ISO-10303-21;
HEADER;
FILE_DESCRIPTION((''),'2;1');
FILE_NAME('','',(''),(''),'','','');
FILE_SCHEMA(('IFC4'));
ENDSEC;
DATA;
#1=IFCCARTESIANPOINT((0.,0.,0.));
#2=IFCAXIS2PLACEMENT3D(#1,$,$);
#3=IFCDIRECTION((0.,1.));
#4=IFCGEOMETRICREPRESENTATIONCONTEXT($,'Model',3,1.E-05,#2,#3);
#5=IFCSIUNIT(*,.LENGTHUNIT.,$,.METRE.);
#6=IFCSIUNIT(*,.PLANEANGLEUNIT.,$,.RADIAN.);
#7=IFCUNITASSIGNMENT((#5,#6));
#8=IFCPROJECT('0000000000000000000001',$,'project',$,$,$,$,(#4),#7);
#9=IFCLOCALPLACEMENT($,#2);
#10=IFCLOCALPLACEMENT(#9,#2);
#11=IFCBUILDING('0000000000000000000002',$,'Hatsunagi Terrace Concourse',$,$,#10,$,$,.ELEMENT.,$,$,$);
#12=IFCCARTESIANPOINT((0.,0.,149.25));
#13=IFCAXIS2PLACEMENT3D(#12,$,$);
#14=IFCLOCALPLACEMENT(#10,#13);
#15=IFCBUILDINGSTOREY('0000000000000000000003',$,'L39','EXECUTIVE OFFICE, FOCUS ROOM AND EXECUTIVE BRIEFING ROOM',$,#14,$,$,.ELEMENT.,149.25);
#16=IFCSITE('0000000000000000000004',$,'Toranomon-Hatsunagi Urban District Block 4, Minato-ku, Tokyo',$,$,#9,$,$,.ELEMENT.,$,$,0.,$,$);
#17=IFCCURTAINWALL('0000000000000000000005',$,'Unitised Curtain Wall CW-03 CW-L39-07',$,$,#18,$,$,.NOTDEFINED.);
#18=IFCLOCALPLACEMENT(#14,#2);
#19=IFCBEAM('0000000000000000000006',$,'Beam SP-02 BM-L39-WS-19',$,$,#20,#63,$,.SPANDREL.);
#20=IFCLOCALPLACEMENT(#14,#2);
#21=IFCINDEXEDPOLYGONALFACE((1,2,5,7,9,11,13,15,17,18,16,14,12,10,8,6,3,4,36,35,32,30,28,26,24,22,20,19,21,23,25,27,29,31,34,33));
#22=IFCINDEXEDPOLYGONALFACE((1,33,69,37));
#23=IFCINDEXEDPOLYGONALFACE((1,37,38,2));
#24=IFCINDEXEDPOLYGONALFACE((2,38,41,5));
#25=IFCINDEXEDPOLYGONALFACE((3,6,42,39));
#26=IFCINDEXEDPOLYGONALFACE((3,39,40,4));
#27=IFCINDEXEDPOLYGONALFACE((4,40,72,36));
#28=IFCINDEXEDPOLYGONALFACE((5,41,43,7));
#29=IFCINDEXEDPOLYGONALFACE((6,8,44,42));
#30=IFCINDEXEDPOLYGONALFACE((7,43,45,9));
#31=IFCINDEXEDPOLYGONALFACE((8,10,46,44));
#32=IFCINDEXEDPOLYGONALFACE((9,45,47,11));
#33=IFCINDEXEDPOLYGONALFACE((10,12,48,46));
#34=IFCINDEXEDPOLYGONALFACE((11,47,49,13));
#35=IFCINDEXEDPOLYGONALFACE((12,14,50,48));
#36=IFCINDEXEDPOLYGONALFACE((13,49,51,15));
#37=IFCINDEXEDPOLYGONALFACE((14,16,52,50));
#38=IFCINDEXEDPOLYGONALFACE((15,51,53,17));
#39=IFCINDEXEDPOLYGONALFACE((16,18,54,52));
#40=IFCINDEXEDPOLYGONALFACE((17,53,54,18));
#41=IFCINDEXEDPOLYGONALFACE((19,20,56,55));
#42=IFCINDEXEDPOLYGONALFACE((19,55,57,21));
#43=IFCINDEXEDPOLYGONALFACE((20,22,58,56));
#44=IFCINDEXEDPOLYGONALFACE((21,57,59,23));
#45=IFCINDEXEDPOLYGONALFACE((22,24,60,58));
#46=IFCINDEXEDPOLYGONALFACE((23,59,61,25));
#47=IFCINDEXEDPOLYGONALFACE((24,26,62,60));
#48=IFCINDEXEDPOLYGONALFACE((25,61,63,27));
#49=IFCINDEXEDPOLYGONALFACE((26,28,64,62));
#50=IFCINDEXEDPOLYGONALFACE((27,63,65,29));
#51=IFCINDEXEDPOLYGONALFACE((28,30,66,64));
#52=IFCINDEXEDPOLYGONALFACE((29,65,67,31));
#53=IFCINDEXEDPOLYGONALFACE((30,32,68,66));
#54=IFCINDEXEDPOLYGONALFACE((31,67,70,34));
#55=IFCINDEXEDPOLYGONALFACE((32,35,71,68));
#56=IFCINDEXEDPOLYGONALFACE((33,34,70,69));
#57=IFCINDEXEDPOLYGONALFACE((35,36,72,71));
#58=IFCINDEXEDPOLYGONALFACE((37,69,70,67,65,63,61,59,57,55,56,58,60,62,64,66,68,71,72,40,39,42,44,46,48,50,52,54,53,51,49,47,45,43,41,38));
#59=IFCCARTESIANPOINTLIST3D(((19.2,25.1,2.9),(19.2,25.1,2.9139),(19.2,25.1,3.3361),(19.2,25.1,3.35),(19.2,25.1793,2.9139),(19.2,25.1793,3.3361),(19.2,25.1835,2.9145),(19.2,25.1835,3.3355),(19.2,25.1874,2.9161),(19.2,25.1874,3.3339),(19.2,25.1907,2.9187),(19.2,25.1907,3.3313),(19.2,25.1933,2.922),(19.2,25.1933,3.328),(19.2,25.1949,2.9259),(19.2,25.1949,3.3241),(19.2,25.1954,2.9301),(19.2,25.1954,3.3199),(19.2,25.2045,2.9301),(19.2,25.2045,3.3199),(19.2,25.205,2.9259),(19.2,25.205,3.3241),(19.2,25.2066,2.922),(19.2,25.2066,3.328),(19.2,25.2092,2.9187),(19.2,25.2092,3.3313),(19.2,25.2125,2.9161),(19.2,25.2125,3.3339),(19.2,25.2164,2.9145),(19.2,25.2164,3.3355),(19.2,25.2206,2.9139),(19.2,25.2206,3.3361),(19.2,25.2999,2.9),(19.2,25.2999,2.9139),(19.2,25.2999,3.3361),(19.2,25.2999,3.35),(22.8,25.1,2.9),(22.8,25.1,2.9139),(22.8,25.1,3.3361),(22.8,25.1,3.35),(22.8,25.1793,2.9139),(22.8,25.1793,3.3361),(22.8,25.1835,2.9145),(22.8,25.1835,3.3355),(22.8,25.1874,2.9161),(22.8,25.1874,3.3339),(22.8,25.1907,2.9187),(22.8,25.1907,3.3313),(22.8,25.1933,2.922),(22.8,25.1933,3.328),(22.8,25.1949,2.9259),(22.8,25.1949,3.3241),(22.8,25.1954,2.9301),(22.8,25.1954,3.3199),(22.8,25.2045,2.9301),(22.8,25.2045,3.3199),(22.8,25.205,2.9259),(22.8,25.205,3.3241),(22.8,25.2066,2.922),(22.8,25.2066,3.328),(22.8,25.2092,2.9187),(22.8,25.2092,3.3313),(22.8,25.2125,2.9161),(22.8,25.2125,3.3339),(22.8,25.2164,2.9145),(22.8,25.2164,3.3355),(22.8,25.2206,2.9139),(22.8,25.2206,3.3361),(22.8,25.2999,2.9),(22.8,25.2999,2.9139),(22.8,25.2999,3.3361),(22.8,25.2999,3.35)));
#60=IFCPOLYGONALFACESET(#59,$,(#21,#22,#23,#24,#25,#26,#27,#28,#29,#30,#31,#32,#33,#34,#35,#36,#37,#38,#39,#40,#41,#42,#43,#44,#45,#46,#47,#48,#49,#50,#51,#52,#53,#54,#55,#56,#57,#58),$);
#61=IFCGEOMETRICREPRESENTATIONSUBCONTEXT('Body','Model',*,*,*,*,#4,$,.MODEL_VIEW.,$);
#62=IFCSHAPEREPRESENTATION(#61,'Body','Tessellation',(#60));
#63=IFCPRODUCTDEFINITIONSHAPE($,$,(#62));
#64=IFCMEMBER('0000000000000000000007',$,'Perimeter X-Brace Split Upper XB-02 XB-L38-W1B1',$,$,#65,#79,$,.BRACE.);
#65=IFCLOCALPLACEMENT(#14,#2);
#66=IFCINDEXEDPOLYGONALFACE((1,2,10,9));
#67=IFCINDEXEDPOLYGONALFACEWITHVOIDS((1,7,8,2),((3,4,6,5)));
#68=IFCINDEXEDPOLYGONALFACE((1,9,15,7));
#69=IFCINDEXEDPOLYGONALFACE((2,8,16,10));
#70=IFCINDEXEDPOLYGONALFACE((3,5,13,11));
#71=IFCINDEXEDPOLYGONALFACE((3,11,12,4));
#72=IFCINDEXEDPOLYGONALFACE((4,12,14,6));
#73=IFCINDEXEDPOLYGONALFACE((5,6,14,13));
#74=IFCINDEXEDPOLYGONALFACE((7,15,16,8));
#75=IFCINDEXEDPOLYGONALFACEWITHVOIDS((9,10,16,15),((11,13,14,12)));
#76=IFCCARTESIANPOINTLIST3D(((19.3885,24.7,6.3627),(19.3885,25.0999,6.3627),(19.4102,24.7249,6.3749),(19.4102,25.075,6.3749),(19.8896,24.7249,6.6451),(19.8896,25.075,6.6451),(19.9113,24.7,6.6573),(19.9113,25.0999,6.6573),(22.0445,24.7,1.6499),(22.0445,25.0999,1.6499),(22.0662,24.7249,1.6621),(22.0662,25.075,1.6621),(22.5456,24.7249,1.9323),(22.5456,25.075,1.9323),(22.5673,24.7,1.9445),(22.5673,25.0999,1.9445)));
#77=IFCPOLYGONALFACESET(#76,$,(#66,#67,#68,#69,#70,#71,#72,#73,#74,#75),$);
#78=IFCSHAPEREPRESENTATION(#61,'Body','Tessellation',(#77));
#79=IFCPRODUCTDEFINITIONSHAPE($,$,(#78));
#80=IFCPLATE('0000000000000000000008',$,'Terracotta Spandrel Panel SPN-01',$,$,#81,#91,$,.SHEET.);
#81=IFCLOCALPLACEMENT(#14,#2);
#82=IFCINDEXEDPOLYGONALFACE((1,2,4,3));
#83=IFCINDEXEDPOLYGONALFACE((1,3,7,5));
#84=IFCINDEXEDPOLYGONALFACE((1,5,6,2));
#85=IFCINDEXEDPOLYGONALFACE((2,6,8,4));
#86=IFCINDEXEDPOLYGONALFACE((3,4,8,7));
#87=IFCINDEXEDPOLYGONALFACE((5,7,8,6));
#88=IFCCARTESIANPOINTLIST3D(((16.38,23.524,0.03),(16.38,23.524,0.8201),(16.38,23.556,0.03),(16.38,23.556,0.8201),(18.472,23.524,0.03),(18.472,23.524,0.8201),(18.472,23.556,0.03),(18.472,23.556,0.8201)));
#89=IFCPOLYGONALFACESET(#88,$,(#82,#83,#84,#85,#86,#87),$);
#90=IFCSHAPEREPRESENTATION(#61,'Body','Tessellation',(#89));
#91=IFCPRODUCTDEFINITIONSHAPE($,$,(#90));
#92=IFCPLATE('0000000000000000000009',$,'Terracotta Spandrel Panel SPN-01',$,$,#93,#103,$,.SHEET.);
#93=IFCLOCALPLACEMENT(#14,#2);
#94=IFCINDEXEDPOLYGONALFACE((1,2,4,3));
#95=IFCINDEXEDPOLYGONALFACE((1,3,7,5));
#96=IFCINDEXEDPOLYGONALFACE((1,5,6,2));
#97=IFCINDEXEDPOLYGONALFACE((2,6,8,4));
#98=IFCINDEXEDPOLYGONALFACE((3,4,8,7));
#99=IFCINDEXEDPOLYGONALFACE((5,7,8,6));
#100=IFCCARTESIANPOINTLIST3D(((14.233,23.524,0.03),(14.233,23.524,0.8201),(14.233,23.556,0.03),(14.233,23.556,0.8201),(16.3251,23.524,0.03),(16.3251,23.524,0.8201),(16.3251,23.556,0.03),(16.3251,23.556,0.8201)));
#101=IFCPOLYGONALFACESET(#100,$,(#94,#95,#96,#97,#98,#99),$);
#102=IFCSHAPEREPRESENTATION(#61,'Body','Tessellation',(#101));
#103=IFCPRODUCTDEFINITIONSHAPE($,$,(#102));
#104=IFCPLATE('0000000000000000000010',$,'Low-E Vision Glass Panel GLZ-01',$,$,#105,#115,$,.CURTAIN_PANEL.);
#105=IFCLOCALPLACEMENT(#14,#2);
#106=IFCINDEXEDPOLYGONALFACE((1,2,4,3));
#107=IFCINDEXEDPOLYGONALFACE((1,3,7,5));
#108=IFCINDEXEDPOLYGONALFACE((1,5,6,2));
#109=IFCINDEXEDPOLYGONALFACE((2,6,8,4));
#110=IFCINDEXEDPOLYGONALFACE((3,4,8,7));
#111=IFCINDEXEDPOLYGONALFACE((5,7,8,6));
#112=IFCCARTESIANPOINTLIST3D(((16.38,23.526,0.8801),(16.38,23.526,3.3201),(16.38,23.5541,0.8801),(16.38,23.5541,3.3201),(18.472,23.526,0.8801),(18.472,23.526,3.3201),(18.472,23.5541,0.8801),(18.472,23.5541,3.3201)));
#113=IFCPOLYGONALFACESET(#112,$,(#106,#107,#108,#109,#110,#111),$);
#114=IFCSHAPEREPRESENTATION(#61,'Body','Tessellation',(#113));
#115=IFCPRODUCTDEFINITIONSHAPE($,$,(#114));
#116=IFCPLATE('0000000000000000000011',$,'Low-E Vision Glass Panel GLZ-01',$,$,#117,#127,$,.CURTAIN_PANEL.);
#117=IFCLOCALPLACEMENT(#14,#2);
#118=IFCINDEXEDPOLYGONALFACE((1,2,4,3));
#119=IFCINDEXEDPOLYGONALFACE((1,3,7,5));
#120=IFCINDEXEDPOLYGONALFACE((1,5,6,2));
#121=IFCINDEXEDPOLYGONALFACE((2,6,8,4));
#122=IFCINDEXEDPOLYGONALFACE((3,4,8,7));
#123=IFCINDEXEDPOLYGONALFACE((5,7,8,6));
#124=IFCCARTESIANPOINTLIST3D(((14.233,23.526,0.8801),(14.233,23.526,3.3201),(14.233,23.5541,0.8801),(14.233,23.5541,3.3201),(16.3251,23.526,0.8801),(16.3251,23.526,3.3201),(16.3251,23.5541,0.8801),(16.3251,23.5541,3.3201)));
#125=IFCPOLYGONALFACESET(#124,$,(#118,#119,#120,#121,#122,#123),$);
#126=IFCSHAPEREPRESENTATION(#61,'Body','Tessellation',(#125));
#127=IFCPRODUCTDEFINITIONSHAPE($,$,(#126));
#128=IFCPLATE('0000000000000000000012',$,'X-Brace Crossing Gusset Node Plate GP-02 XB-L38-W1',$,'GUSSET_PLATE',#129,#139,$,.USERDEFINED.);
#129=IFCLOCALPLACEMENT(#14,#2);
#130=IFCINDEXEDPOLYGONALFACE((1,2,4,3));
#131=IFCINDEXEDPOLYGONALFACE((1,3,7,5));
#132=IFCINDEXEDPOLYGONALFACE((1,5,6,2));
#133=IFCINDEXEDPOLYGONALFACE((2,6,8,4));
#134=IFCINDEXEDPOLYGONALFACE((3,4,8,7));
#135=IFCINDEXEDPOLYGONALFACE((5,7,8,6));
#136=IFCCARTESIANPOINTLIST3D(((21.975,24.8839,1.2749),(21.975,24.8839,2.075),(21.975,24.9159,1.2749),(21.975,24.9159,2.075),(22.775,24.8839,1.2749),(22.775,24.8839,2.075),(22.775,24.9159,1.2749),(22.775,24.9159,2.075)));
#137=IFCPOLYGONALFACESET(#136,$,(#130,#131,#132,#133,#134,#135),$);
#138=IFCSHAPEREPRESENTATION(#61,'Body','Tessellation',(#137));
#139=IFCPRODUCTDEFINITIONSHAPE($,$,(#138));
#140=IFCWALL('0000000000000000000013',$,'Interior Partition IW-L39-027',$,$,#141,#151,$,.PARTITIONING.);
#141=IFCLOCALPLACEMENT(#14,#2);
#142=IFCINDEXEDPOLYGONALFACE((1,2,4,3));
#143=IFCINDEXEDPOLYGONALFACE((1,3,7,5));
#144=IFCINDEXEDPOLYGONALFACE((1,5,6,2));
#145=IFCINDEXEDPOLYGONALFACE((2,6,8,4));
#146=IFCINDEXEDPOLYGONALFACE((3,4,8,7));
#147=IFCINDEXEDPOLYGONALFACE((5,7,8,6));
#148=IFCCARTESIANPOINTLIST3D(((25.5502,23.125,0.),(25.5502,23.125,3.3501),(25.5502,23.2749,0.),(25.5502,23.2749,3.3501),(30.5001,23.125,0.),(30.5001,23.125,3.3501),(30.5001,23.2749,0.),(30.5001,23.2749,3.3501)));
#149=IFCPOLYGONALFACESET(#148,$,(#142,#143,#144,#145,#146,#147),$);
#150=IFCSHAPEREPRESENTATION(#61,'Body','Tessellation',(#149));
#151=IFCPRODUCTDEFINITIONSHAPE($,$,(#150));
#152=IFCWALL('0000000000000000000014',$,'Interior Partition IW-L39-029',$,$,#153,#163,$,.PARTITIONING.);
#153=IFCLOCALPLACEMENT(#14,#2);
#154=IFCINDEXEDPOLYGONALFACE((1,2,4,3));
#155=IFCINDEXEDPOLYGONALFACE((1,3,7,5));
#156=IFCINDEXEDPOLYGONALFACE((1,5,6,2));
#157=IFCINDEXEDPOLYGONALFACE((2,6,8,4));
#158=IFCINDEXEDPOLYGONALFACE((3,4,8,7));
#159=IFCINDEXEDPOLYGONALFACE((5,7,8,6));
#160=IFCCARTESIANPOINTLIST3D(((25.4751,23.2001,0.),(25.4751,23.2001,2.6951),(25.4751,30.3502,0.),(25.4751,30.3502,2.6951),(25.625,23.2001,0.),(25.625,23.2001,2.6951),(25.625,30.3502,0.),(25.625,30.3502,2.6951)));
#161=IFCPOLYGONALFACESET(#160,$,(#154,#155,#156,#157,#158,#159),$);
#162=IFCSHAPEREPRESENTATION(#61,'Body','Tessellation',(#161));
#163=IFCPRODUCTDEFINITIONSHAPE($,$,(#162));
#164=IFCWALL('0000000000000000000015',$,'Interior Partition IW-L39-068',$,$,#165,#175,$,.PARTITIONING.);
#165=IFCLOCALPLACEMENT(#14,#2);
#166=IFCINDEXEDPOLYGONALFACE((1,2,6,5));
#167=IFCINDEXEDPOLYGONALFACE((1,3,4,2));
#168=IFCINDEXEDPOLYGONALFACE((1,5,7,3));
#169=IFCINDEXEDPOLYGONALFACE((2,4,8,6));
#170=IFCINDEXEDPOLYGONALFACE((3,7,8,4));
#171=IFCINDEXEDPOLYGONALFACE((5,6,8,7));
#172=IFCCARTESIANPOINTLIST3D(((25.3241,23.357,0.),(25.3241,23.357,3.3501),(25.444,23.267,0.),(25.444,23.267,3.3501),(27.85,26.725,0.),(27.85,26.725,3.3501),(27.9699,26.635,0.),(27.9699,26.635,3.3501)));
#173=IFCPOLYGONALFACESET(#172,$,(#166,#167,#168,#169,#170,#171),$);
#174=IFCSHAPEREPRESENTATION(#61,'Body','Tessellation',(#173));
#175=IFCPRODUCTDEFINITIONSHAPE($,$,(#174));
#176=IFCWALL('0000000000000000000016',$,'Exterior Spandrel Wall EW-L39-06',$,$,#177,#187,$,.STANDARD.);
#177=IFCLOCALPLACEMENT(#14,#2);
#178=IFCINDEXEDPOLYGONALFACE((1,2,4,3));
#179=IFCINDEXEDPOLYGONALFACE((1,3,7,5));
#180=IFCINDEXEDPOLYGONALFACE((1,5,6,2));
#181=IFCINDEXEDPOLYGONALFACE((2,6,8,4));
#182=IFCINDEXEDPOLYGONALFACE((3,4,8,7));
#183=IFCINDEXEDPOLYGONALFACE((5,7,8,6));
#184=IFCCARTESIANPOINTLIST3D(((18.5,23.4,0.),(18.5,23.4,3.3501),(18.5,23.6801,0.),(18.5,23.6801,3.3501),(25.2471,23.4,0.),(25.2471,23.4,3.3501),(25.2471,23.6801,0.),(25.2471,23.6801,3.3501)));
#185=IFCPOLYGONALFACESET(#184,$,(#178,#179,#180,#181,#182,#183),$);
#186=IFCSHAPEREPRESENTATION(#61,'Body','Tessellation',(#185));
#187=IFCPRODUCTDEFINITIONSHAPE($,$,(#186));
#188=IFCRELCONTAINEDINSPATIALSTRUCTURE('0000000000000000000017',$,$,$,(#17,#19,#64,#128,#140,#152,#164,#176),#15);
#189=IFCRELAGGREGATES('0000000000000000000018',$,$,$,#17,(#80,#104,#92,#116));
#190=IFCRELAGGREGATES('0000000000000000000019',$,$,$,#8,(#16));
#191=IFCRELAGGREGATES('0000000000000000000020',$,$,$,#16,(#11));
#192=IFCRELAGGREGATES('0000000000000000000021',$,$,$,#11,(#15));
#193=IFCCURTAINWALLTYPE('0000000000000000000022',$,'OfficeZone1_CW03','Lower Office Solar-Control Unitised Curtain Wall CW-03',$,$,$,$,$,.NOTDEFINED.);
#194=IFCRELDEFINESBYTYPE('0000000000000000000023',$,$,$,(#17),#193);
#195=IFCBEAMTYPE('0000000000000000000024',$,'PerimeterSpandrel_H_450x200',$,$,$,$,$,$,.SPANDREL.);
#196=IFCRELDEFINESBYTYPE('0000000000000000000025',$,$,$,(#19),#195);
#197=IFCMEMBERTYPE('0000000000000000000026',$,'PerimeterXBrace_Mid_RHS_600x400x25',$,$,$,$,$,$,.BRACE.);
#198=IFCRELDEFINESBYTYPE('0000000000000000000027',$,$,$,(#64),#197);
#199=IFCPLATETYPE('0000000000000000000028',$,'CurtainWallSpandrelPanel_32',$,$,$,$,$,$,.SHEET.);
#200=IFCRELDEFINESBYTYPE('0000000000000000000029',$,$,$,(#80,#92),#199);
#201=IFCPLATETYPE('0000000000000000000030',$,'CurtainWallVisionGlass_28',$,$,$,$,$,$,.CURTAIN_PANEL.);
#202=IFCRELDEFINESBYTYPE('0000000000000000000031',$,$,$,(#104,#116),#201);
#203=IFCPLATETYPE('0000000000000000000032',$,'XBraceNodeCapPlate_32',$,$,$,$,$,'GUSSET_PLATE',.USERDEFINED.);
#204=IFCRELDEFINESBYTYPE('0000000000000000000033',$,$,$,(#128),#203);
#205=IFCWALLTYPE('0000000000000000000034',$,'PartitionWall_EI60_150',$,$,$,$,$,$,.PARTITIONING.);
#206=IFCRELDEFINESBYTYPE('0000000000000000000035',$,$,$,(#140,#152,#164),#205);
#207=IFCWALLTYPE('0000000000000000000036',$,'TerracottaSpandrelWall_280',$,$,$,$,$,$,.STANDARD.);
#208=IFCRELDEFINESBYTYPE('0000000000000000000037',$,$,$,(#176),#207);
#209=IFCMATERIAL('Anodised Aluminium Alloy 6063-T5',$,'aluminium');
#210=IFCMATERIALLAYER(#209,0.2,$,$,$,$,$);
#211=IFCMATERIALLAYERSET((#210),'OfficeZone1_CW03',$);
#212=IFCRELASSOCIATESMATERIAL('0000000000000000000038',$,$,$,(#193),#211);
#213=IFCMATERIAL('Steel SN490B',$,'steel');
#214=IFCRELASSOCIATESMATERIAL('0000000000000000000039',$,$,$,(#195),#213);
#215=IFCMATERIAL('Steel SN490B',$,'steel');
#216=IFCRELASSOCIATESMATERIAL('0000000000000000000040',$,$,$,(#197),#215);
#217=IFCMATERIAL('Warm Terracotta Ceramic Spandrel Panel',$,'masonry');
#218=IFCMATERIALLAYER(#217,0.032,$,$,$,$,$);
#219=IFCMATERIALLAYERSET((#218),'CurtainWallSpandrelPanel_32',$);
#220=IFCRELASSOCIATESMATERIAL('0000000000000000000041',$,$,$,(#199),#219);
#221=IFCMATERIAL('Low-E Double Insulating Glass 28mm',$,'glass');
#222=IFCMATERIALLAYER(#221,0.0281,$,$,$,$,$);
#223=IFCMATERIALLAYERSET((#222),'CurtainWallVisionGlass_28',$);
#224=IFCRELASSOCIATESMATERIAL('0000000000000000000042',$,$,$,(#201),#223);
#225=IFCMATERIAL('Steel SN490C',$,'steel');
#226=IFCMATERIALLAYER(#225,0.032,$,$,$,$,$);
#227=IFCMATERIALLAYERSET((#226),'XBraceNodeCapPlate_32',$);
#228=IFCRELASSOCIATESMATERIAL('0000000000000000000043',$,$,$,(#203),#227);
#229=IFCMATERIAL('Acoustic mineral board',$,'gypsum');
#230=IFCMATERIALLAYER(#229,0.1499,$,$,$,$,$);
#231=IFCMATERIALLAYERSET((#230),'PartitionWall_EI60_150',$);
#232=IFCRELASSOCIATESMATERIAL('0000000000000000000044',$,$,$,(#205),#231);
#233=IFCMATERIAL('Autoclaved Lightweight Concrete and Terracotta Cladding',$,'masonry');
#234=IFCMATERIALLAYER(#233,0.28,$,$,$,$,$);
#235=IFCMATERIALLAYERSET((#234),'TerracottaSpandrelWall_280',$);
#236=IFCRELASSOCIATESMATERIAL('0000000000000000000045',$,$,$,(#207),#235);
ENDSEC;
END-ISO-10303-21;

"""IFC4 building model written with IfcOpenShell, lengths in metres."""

from ifc_helpers import new_model, si_unit, direction, frame, frame_2d, origin, origin_2d, place, context, subcontext, project, spatial, rectangle, hollow_rectangle, i_section, extrude, material, layer, layer_set, material_profile, profile_set, type_object, element, aggregate, save


model = new_model("IFC4")

# Units and contexts
model_context = context("Model", 3, precision=1e-05, world=origin(), true_north=direction((0.0, 1.0)))
body_context = subcontext(model_context, "Body", "Model", "MODEL_VIEW")
ifc_project = project(units=[si_unit("LENGTHUNIT", "METRE"), si_unit("PLANEANGLEUNIT", "RADIAN")], contexts=[model_context])

# Site, building, storey
site_placement = place(None, origin())
site = spatial("IfcSite", under=ifc_project, at=site_placement, Name="Toranomon-Hatsunagi Urban District Block 4, Minato-ku, Tokyo", CompositionType="ELEMENT", RefElevation=0.0)
building_placement = place(site_placement, origin())
building = spatial("IfcBuilding", under=site, at=building_placement, Name="Hatsunagi Terrace Concourse", CompositionType="ELEMENT")
storey_placement = place(building_placement, frame((0.0, 0.0, 149.25)))
storey = spatial("IfcBuildingStorey", under=building, at=storey_placement, Name="L39", Description="EXECUTIVE OFFICE, FOCUS ROOM AND EXECUTIVE BRIEFING ROOM", CompositionType="ELEMENT", Elevation=149.25)

# Curtain wall
ifc_material_1 = material(Name="Anodised Aluminium Alloy 6063-T5", Category="aluminium")
ifc_layer_1 = layer(ifc_material_1, 0.2)
ifc_layer_set_1 = layer_set([ifc_layer_1], Name="OfficeZone1_CW03")
curtain_wall_type = type_object("IfcCurtainWallType", Name="OfficeZone1_CW03", Description="Lower Office Solar-Control Unitised Curtain Wall CW-03", PredefinedType="NOTDEFINED", material=ifc_layer_set_1)
curtain_wall_placement = place(storey_placement, origin())
curtain_wall = element("IfcCurtainWall", 1, at=curtain_wall_placement, inside=storey, type_object=curtain_wall_type, Name="Unitised Curtain Wall CW-03 CW-L39-07", PredefinedType="NOTDEFINED")

# Beam
ifc_material_2 = material(Name="Steel SN490B", Category="steel")
ifc_material_profile_1 = material_profile(ifc_material_2, i_section(OverallWidth=0.2, OverallDepth=0.45, WebThickness=0.009, FlangeThickness=0.0139, FilletRadius=0.0161, at=origin_2d()), Name="H-450x200x9x14")
ifc_profile_set_1 = profile_set([ifc_material_profile_1], Name="Steel SN490B")
beam_type = type_object("IfcBeamType", Name="PerimeterSpandrel_H_450x200", PredefinedType="SPANDREL", material=ifc_profile_set_1)
beam_1_placement = place(storey_placement, frame((19.2, 25.2, 3.125), z_axis=(1.0, 0.0, 0.0), x_axis=(0.0, 1.0, 0.0)))
element("IfcBeam", 2, at=beam_1_placement, inside=storey, type_object=beam_type, Name="Beam SP-02 BM-L39-WS-19", PredefinedType="SPANDREL", context=body_context, shape_type="SweptSolid", body=[
    extrude(i_section(OverallWidth=0.2, OverallDepth=0.45, WebThickness=0.009, FlangeThickness=0.0139, FilletRadius=0.0161, at=origin_2d()), origin(), (0.0, 0.0, 1.0), 3.6001),
])

# Member
ifc_material_3 = material(Name="Steel SN490B", Category="steel")
ifc_material_profile_2 = material_profile(ifc_material_3, hollow_rectangle(XDim=0.3999, YDim=0.6001, WallThickness=0.0249, at=origin_2d()), Name="RHS-600x400x25")
ifc_profile_set_2 = profile_set([ifc_material_profile_2], Name="Steel SN490B")
member_type_1 = type_object("IfcMemberType", Name="PerimeterXBrace_Mid_RHS_600x400x25", PredefinedType="BRACE", material=ifc_profile_set_2)
member_1_placement = place(storey_placement, frame((19.6499, 24.8999, 6.51), z_axis=(0.490964, 0.0, -0.87118), x_axis=(0.0, 1.0, 0.0)))
element("IfcMember", 3, at=member_1_placement, inside=storey, type_object=member_type_1, Name="Perimeter X-Brace Split Upper XB-02 XB-L38-W1B1", PredefinedType="BRACE", context=body_context, shape_type="SweptSolid", body=[
    extrude(hollow_rectangle(XDim=0.3999, YDim=0.6001, WallThickness=0.0249, at=origin_2d()), origin(), (0.0, 0.0, 1.0), 5.4097),
])

# Plates
ifc_material_4 = material(Name="Warm Terracotta Ceramic Spandrel Panel", Category="masonry")
ifc_layer_2 = layer(ifc_material_4, 0.032)
ifc_layer_set_2 = layer_set([ifc_layer_2], Name="CurtainWallSpandrelPanel_32")
plate_type_1 = type_object("IfcPlateType", Name="CurtainWallSpandrelPanel_32", PredefinedType="SHEET", material=ifc_layer_set_2)
plate_1_placement = place(storey_placement, frame((17.426, 23.54, 0.03), z_axis=(0.0, 0.0, 1.0), x_axis=(-1.0, 0.0, 0.0)))
plate_1 = element("IfcPlate", 4, at=plate_1_placement, type_object=plate_type_1, Name="Terracotta Spandrel Panel SPN-01", PredefinedType="SHEET", context=body_context, shape_type="SweptSolid", body=[
    extrude(rectangle(XDim=2.092, YDim=0.032, at=origin_2d()), origin(), (0.0, 0.0, 1.0), 0.79),
])
plate_2_placement = place(storey_placement, frame((15.2791, 23.54, 0.03), z_axis=(0.0, 0.0, 1.0), x_axis=(-1.0, 0.0, 0.0)))
plate_2 = element("IfcPlate", 5, at=plate_2_placement, type_object=plate_type_1, Name="Terracotta Spandrel Panel SPN-01", PredefinedType="SHEET", context=body_context, shape_type="SweptSolid", body=[
    extrude(rectangle(XDim=2.092, YDim=0.032, at=origin_2d()), origin(), (0.0, 0.0, 1.0), 0.79),
])
ifc_material_5 = material(Name="Low-E Double Insulating Glass 28mm", Category="glass")
ifc_layer_3 = layer(ifc_material_5, 0.0281)
ifc_layer_set_3 = layer_set([ifc_layer_3], Name="CurtainWallVisionGlass_28")
plate_type_2 = type_object("IfcPlateType", Name="CurtainWallVisionGlass_28", PredefinedType="CURTAIN_PANEL", material=ifc_layer_set_3)
plate_3_placement = place(storey_placement, frame((17.426, 23.54, 0.8801), z_axis=(0.0, 0.0, 1.0), x_axis=(-1.0, 0.0, 0.0)))
plate_3 = element("IfcPlate", 6, at=plate_3_placement, type_object=plate_type_2, Name="Low-E Vision Glass Panel GLZ-01", PredefinedType="CURTAIN_PANEL", context=body_context, shape_type="SweptSolid", body=[
    extrude(rectangle(XDim=2.092, YDim=0.0281, at=origin_2d()), origin(), (0.0, 0.0, 1.0), 2.4399),
])
plate_4_placement = place(storey_placement, frame((15.2791, 23.54, 0.8801), z_axis=(0.0, 0.0, 1.0), x_axis=(-1.0, 0.0, 0.0)))
plate_4 = element("IfcPlate", 7, at=plate_4_placement, type_object=plate_type_2, Name="Low-E Vision Glass Panel GLZ-01", PredefinedType="CURTAIN_PANEL", context=body_context, shape_type="SweptSolid", body=[
    extrude(rectangle(XDim=2.092, YDim=0.0281, at=origin_2d()), origin(), (0.0, 0.0, 1.0), 2.4399),
])
aggregate(curtain_wall, [plate_1, plate_3, plate_2, plate_4])
ifc_material_6 = material(Name="Steel SN490C", Category="steel")
ifc_layer_4 = layer(ifc_material_6, 0.032)
ifc_layer_set_4 = layer_set([ifc_layer_4], Name="XBraceNodeCapPlate_32")
plate_type_3 = type_object("IfcPlateType", Name="XBraceNodeCapPlate_32", ElementType="GUSSET_PLATE", PredefinedType="USERDEFINED", material=ifc_layer_set_4)
plate_5_placement = place(storey_placement, frame((22.375, 24.8999, 1.2749), z_axis=(0.0, 0.0, 1.0), x_axis=(1.0, 0.0, 0.0)))
element("IfcPlate", 8, at=plate_5_placement, inside=storey, type_object=plate_type_3, Name="X-Brace Crossing Gusset Node Plate GP-02 XB-L38-W1", ObjectType="GUSSET_PLATE", PredefinedType="USERDEFINED", context=body_context, shape_type="SweptSolid", body=[
    extrude(rectangle(XDim=0.8, YDim=0.032, at=origin_2d()), origin(), (0.0, 0.0, 1.0), 0.8),
])

# Walls
ifc_material_7 = material(Name="Acoustic mineral board", Category="gypsum")
ifc_layer_5 = layer(ifc_material_7, 0.1499)
ifc_layer_set_5 = layer_set([ifc_layer_5], Name="PartitionWall_EI60_150")
wall_type_1 = type_object("IfcWallType", Name="PartitionWall_EI60_150", PredefinedType="PARTITIONING", material=ifc_layer_set_5)
wall_1_placement = place(storey_placement, frame((25.55, 23.2, 0.0), z_axis=(0.0, 0.0, 1.0), x_axis=(1.0, 0.0, 0.0)))
element("IfcWall", 9, at=wall_1_placement, inside=storey, type_object=wall_type_1, Name="Interior Partition IW-L39-027", PredefinedType="PARTITIONING", context=body_context, shape_type="SweptSolid", body=[
    extrude(rectangle(XDim=4.95, YDim=0.1499, at=frame_2d((2.4751, 0.0))), origin(), (0.0, 0.0, 1.0), 3.3501),
])
wall_2_placement = place(storey_placement, frame((25.55, 23.2, 0.0), z_axis=(0.0, 0.0, 1.0), x_axis=(0.0, 1.0, 0.0)))
element("IfcWall", 10, at=wall_2_placement, inside=storey, type_object=wall_type_1, Name="Interior Partition IW-L39-029", PredefinedType="PARTITIONING", context=body_context, shape_type="SweptSolid", body=[
    extrude(rectangle(XDim=7.1501, YDim=0.1499, at=frame_2d((3.5752, 0.0))), origin(), (0.0, 0.0, 1.0), 2.6951),
])

# Walls
wall_3_placement = place(storey_placement, frame((25.384, 23.312, 0.0), z_axis=(0.0, 0.0, 1.0), x_axis=(0.599991, 0.800007, 0.0)))
element("IfcWall", 11, at=wall_3_placement, inside=storey, type_object=wall_type_1, Name="Interior Partition IW-L39-068", PredefinedType="PARTITIONING", context=body_context, shape_type="SweptSolid", body=[
    extrude(rectangle(XDim=4.21, YDim=0.1499, at=frame_2d((2.105, 0.0))), origin(), (0.0, 0.0, 1.0), 3.3501),
])
ifc_material_8 = material(Name="Autoclaved Lightweight Concrete and Terracotta Cladding", Category="masonry")
ifc_layer_6 = layer(ifc_material_8, 0.28)
ifc_layer_set_6 = layer_set([ifc_layer_6], Name="TerracottaSpandrelWall_280")
wall_type_2 = type_object("IfcWallType", Name="TerracottaSpandrelWall_280", PredefinedType="STANDARD", material=ifc_layer_set_6)
wall_4_placement = place(storey_placement, frame((25.2471, 23.54, 0.0), z_axis=(0.0, 0.0, 1.0), x_axis=(-1.0, 0.0, 0.0)))
element("IfcWall", 12, at=wall_4_placement, inside=storey, type_object=wall_type_2, Name="Exterior Spandrel Wall EW-L39-06", PredefinedType="STANDARD", context=body_context, shape_type="SweptSolid", body=[
    extrude(rectangle(XDim=6.7471, YDim=0.28, at=frame_2d((3.3735, 0.0))), origin(), (0.0, 0.0, 1.0), 3.3501),
])

save(model, "model.ifc")
